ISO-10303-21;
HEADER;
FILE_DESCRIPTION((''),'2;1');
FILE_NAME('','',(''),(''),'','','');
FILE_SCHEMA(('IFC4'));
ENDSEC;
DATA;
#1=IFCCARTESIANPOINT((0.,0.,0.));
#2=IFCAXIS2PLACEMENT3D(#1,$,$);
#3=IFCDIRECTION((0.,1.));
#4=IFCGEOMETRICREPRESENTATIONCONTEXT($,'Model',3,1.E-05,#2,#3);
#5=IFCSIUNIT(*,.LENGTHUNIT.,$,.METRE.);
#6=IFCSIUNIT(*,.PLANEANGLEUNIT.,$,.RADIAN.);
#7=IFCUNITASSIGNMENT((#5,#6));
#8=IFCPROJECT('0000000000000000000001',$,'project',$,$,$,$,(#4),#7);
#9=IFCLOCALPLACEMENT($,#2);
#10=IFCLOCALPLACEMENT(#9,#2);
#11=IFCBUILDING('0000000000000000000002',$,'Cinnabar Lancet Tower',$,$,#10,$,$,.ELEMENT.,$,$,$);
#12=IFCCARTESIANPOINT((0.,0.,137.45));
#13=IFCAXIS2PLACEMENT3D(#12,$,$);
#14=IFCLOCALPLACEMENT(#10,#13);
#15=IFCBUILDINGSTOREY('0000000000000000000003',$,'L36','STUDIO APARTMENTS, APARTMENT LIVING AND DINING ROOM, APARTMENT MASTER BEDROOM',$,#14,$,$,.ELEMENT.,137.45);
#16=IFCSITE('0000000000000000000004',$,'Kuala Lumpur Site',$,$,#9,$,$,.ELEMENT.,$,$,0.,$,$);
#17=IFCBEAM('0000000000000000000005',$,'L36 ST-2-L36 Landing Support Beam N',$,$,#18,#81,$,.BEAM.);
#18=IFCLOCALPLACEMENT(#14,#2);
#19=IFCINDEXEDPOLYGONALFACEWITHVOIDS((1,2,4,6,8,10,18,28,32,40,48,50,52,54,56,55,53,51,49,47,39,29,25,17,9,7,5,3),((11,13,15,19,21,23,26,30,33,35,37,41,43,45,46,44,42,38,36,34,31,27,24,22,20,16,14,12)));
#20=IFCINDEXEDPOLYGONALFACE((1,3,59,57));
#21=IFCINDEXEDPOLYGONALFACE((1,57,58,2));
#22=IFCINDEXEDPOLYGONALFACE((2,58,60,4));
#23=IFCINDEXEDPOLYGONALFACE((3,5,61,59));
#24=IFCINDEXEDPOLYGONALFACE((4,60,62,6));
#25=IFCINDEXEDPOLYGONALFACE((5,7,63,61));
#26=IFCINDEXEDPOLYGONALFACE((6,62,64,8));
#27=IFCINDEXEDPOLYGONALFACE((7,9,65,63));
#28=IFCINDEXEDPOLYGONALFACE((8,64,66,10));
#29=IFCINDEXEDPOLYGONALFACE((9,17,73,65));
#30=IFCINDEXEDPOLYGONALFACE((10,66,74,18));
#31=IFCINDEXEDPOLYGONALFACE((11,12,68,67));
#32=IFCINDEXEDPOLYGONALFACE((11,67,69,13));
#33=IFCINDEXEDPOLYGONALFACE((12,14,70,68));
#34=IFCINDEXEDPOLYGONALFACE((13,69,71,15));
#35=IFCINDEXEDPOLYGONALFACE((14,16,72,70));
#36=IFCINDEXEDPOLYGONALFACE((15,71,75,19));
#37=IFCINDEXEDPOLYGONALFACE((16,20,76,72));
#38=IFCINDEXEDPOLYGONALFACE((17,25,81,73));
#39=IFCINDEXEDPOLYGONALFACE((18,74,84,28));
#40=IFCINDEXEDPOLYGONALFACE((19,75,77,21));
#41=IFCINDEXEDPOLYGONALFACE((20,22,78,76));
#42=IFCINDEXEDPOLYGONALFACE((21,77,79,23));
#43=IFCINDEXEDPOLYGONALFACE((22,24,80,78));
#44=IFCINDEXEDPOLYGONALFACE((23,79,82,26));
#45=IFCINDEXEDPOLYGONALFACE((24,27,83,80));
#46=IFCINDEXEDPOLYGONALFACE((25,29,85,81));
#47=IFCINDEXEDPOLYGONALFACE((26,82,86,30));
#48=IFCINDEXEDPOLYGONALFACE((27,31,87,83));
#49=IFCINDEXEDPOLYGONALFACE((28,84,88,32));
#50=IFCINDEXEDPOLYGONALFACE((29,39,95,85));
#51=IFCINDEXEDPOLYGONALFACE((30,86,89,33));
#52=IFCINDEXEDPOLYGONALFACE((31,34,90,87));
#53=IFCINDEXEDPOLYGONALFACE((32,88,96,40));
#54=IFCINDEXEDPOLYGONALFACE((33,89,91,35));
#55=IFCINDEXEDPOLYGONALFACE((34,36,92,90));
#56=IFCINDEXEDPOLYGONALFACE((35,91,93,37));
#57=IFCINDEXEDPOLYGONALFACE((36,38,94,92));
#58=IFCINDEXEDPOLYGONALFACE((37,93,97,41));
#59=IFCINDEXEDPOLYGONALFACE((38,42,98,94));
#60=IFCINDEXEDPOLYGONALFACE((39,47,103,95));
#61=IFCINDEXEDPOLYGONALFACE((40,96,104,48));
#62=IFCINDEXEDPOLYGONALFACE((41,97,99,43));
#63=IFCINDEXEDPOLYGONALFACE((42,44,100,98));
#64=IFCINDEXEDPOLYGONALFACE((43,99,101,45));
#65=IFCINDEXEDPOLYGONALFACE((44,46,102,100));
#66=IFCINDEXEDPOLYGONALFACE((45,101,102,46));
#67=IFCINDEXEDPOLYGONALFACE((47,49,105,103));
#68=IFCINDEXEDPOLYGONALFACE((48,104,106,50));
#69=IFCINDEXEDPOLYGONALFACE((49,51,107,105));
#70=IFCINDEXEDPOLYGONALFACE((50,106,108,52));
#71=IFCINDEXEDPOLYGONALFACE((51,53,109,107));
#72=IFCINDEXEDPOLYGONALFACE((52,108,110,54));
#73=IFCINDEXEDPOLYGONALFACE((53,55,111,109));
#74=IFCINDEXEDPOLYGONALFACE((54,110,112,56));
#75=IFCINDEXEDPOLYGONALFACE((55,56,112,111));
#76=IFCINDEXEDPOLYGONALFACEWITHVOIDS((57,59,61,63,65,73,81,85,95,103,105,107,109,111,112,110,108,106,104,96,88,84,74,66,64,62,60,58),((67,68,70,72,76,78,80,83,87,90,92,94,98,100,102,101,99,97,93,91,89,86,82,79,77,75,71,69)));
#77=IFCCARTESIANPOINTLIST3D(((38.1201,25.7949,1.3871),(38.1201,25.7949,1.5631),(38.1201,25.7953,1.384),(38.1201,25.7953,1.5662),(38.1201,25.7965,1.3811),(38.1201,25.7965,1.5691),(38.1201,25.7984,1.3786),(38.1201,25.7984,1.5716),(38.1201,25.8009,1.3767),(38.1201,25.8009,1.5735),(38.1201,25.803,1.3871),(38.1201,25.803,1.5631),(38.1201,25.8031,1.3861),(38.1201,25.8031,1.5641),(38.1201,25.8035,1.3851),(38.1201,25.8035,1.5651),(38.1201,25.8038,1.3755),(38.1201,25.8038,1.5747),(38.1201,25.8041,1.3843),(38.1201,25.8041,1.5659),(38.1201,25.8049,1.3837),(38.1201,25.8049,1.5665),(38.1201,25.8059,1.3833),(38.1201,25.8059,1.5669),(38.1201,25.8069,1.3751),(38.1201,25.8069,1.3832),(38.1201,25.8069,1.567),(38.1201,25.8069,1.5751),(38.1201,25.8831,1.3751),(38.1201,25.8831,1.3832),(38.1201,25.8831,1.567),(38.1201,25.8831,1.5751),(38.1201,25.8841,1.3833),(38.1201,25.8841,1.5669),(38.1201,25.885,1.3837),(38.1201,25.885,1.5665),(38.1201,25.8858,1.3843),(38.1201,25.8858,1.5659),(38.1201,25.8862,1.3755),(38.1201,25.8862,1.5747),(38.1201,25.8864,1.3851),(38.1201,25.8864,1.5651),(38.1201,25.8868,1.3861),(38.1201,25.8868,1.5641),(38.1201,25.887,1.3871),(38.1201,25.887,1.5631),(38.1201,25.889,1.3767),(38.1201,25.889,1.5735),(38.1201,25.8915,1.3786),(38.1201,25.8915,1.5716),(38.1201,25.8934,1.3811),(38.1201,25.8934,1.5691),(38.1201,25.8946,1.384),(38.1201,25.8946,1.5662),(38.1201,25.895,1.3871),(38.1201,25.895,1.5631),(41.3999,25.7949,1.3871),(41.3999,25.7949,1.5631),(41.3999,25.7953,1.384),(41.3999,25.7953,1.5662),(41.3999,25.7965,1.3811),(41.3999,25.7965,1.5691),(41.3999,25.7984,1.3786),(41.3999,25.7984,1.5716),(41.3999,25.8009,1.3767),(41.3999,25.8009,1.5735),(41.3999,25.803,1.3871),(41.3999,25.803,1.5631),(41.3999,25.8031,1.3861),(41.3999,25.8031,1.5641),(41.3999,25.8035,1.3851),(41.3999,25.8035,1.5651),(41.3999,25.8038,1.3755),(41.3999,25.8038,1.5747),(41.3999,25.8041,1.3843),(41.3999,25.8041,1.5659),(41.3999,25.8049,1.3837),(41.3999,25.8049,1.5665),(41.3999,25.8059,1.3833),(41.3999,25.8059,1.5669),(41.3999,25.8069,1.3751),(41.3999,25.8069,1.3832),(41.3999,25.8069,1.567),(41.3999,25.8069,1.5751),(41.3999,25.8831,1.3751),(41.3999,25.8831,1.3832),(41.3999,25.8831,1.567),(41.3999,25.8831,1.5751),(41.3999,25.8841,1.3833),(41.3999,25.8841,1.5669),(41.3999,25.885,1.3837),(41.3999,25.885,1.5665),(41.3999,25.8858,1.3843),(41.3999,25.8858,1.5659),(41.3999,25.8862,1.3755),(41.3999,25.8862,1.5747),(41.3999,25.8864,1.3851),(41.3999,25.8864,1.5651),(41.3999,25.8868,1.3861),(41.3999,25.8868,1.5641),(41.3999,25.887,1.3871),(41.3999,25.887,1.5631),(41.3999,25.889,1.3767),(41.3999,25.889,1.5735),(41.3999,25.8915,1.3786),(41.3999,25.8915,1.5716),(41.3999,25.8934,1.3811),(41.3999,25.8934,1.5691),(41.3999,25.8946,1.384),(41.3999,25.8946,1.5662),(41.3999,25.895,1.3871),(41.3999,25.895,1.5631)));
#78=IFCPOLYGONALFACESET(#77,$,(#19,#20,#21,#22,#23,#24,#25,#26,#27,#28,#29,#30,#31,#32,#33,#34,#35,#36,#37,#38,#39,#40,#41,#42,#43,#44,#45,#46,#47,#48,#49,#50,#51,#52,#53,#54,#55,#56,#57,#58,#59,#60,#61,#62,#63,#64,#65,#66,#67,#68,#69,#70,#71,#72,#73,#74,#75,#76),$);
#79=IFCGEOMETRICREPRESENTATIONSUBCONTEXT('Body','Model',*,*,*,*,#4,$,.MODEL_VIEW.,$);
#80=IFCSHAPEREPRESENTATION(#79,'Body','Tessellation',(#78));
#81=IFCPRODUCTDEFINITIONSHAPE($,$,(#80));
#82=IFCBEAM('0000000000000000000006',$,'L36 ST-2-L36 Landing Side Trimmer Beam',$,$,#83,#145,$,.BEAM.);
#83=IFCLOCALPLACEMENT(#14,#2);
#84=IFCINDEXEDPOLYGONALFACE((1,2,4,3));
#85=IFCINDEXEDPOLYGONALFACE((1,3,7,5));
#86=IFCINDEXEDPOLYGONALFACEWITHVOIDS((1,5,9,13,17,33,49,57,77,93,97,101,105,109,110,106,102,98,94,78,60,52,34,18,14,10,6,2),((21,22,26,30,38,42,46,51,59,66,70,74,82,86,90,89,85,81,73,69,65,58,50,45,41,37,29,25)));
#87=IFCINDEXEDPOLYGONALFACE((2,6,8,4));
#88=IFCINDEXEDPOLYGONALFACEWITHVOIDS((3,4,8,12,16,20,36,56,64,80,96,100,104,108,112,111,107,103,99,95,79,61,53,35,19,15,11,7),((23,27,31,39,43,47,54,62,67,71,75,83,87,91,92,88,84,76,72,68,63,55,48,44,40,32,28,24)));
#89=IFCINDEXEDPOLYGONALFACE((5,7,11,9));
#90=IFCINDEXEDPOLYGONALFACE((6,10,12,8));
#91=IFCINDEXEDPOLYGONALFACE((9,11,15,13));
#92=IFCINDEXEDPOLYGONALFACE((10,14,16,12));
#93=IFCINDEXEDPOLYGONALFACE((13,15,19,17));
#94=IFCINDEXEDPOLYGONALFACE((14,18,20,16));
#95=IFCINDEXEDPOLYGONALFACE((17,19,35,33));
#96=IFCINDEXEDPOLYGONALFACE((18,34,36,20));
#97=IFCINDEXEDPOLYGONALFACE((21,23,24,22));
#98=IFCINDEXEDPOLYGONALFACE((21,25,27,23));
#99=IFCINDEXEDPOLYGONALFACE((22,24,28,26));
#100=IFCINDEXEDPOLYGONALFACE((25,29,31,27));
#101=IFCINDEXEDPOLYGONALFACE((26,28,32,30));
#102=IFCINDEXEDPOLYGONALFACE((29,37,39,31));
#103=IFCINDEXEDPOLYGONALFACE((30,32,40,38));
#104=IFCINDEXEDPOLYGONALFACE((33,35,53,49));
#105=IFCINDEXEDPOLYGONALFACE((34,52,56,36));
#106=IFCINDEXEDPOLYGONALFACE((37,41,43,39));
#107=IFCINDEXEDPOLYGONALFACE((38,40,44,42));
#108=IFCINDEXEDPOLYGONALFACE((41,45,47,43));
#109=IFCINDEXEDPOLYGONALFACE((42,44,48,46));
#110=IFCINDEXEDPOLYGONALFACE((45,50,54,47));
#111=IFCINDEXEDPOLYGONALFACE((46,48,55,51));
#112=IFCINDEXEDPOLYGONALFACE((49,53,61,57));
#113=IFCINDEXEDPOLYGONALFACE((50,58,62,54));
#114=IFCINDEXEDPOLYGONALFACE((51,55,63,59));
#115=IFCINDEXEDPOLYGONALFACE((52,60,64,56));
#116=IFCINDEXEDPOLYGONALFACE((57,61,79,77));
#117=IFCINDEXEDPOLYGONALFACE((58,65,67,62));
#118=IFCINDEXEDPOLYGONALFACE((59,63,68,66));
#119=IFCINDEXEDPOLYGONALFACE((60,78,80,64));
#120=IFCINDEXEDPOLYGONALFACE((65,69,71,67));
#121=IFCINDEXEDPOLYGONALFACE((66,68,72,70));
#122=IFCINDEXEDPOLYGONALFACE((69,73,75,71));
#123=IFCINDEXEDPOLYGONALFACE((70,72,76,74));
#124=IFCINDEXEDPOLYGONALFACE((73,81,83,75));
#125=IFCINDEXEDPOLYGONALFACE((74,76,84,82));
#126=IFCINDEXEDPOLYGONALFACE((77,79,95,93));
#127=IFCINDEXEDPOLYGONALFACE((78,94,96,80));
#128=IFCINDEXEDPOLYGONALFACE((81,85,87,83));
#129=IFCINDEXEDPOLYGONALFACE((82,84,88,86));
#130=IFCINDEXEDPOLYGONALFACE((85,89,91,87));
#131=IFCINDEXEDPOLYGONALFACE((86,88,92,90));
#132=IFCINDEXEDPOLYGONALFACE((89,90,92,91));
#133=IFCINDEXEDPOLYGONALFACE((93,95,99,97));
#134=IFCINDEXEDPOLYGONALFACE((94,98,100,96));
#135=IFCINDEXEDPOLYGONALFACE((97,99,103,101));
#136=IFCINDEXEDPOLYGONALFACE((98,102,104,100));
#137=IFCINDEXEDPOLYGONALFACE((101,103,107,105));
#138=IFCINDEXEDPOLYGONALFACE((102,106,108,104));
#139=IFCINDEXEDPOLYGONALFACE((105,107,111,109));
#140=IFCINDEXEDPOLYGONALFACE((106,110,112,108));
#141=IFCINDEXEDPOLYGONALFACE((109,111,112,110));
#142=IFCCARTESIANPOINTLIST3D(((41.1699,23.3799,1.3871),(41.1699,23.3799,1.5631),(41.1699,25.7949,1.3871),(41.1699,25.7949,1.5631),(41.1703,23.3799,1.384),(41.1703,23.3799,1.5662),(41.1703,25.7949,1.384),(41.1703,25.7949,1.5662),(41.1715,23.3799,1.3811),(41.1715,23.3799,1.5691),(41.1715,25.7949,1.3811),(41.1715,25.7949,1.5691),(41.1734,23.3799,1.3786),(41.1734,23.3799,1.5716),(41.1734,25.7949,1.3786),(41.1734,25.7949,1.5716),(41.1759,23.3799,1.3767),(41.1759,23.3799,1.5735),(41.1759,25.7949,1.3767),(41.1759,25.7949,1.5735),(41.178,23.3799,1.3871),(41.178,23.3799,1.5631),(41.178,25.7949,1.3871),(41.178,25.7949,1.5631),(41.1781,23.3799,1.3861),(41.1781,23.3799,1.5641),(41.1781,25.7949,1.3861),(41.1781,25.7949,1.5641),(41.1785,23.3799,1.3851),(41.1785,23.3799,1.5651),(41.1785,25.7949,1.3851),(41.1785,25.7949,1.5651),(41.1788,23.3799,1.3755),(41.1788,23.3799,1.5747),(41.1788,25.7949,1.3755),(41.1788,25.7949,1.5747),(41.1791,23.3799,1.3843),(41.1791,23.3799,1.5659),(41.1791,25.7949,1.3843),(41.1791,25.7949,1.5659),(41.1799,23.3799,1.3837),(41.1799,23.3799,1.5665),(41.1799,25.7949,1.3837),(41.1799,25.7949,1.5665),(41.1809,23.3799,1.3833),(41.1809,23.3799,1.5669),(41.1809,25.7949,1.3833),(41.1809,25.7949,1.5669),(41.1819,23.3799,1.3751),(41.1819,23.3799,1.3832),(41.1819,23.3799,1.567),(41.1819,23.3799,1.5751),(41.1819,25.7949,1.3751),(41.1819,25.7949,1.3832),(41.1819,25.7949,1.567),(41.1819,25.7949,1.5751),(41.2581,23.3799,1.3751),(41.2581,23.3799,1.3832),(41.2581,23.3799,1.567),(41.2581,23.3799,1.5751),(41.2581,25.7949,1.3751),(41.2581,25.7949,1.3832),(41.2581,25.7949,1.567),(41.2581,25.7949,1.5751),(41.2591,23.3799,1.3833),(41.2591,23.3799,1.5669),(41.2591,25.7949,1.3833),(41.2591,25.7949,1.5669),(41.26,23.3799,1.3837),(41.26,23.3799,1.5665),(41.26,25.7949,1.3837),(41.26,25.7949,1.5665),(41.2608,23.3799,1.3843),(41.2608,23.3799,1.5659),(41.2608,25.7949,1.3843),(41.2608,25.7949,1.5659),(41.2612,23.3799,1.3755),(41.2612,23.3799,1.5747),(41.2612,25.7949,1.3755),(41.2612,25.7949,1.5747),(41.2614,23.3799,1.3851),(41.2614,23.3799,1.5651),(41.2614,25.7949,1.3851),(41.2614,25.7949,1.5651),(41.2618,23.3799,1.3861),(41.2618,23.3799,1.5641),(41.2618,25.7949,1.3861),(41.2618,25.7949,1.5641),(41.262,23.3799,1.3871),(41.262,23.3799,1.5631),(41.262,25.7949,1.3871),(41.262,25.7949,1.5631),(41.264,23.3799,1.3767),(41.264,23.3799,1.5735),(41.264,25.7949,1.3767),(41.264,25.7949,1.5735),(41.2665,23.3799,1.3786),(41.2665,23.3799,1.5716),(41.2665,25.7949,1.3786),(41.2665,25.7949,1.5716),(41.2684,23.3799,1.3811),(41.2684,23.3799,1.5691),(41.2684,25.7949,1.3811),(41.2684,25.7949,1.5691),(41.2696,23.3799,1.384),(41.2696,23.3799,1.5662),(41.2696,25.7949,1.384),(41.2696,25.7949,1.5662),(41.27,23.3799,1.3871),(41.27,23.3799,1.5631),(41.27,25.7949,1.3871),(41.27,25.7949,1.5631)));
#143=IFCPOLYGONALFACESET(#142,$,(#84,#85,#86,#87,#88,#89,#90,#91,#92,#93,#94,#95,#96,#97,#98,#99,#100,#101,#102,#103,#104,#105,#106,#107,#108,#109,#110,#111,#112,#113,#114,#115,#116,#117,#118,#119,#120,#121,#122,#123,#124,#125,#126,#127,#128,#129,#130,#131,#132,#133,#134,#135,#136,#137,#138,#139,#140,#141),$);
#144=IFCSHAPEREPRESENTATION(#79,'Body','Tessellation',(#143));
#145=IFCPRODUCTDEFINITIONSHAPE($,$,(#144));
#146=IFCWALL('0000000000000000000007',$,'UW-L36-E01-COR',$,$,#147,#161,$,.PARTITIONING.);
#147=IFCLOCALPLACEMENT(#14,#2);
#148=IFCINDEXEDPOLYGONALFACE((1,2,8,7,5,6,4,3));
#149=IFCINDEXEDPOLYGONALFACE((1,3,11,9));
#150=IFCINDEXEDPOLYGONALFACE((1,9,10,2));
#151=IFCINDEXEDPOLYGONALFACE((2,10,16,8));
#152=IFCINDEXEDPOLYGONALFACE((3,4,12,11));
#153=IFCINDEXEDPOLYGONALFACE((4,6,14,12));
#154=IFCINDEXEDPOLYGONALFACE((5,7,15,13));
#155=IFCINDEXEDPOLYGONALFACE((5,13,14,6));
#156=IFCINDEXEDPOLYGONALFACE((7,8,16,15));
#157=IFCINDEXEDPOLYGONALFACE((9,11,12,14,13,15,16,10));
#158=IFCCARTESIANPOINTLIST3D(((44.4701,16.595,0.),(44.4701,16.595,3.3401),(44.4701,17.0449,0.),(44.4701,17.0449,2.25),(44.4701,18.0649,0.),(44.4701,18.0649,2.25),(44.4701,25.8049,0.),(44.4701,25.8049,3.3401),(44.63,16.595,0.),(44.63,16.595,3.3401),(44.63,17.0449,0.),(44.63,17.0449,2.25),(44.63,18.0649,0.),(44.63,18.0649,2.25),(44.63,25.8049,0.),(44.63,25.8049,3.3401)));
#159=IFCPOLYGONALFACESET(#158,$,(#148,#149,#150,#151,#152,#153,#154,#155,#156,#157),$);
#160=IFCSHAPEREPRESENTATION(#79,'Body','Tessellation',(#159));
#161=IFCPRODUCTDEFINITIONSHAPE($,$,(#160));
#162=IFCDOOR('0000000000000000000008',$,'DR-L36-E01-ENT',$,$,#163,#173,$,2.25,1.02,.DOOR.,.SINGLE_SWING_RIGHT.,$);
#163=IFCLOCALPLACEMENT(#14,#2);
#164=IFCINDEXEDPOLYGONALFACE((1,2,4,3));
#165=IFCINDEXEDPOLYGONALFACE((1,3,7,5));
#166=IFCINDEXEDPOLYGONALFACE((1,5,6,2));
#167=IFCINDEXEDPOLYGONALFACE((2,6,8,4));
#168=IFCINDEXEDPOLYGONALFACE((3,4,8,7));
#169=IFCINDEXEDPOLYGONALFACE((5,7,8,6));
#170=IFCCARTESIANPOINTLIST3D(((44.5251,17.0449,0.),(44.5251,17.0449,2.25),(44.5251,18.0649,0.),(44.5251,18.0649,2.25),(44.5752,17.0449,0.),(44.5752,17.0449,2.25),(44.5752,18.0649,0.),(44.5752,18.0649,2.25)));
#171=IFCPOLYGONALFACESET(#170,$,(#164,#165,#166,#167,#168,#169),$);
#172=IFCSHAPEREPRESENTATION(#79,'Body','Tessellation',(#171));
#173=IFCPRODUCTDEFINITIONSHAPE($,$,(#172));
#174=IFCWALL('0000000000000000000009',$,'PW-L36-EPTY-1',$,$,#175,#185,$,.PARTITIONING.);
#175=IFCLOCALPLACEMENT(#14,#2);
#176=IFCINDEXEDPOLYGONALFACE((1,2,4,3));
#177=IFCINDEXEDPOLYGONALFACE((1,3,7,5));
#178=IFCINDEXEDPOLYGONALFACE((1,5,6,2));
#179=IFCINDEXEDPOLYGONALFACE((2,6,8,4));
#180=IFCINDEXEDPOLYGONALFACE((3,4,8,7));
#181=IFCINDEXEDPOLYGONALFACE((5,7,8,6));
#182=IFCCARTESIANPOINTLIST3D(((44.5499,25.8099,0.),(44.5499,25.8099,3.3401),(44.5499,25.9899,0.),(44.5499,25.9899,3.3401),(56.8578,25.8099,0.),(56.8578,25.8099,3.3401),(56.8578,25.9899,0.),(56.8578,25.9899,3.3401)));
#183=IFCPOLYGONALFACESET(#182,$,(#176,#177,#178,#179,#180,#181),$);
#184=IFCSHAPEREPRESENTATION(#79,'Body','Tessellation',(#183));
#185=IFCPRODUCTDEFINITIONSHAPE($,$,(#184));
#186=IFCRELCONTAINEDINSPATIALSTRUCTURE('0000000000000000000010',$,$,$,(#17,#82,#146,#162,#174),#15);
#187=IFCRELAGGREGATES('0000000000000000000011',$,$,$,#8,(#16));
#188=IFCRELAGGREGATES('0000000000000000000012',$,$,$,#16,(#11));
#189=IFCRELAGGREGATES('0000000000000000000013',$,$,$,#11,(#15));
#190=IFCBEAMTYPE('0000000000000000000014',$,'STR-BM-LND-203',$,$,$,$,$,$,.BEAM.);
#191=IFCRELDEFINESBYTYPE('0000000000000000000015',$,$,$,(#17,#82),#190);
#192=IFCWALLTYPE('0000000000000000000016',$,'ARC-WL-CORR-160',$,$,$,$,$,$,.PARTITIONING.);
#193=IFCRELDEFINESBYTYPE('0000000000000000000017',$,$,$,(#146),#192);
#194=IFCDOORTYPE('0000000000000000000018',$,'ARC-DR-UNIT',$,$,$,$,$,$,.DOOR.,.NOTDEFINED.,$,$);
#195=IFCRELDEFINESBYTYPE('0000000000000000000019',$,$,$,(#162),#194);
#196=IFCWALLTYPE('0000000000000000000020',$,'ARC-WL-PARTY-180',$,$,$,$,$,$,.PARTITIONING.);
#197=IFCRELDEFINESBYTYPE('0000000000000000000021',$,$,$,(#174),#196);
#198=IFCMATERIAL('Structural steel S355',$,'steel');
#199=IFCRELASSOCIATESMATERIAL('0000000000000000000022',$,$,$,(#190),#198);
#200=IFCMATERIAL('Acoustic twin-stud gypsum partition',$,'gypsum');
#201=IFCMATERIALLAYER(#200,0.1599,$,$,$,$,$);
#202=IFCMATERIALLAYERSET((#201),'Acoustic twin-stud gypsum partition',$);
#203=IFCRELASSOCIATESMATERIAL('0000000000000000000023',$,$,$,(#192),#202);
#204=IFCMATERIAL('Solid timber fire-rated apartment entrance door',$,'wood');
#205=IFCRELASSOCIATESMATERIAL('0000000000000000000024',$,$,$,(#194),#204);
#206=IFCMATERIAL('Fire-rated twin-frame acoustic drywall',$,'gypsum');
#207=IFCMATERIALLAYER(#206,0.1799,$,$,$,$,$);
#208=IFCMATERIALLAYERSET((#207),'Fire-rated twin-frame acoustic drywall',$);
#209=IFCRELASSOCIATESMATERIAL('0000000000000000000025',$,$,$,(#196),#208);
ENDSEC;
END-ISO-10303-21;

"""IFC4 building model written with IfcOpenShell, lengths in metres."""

from ifc_helpers import new_model, si_unit, direction, frame, frame_2d, origin, origin_2d, place, context, subcontext, project, spatial, rectangle, hollow_rectangle, extrude, material, layer, layer_set, material_profile, profile_set, type_object, element, fill, save


model = new_model("IFC4")

# Units and contexts
model_context = context("Model", 3, precision=1e-05, world=origin(), true_north=direction((0.0, 1.0)))
body_context = subcontext(model_context, "Body", "Model", "MODEL_VIEW")
ifc_project = project(units=[si_unit("LENGTHUNIT", "METRE"), si_unit("PLANEANGLEUNIT", "RADIAN")], contexts=[model_context])

# Site, building, storey
site_placement = place(None, origin())
site = spatial("IfcSite", under=ifc_project, at=site_placement, Name="Kuala Lumpur Site", CompositionType="ELEMENT", RefElevation=0.0)
building_placement = place(site_placement, origin())
building = spatial("IfcBuilding", under=site, at=building_placement, Name="Cinnabar Lancet Tower", CompositionType="ELEMENT")
storey_placement = place(building_placement, frame((0.0, 0.0, 137.45)))
storey = spatial("IfcBuildingStorey", under=building, at=storey_placement, Name="L36", Description="STUDIO APARTMENTS, APARTMENT LIVING AND DINING ROOM, APARTMENT MASTER BEDROOM", CompositionType="ELEMENT", Elevation=137.45)

# Beams
ifc_material_1 = material(Name="Structural steel S355", Category="steel")
ifc_material_profile_1 = material_profile(ifc_material_1, hollow_rectangle(XDim=0.1001, YDim=0.2, WallThickness=0.0081, InnerFilletRadius=0.0039, OuterFilletRadius=0.012, at=origin_2d()), Name="RHS 200x100x8")
ifc_profile_set_1 = profile_set([ifc_material_profile_1], Name="Structural steel S355")
beam_type_1 = type_object("IfcBeamType", Name="STR-BM-LND-203", PredefinedType="BEAM", material=ifc_profile_set_1)
for number, where, z_axis, x_axis, name in (
    (1, (38.1201, 25.845, 1.4751), (1.0, 0.0, 0.0), (0.0, 1.0, 0.0), "L36 ST-2-L36 Landing Support Beam N"),
):
    element("IfcBeam", number, at=place(storey_placement, frame(where, z_axis=z_axis, x_axis=x_axis)), inside=storey, type_object=beam_type_1, Name=name, PredefinedType="BEAM", context=body_context, shape_type="SweptSolid", body=[
        extrude(hollow_rectangle(XDim=0.1001, YDim=0.2, WallThickness=0.0081, InnerFilletRadius=0.0039, OuterFilletRadius=0.012, at=origin_2d()), origin(), (0.0, 0.0, 1.0), 3.2798),
    ])
beam_1_placement = place(storey_placement, frame((41.22, 23.3799, 1.4751), z_axis=(0.0, 1.0, 0.0), x_axis=(-1.0, 0.0, 0.0)))
element("IfcBeam", 2, at=beam_1_placement, inside=storey, type_object=beam_type_1, Name="L36 ST-2-L36 Landing Side Trimmer Beam", PredefinedType="BEAM", context=body_context, shape_type="SweptSolid", body=[
    extrude(hollow_rectangle(XDim=0.1001, YDim=0.2, WallThickness=0.0081, InnerFilletRadius=0.0039, OuterFilletRadius=0.012, at=origin_2d()), origin(), (0.0, 0.0, 1.0), 2.415),
])

# Wall, opening, door
ifc_material_2 = material(Name="Acoustic twin-stud gypsum partition", Category="gypsum")
ifc_layer_1 = layer(ifc_material_2, 0.1599)
ifc_layer_set_1 = layer_set([ifc_layer_1], Name="Acoustic twin-stud gypsum partition")
wall_type_1 = type_object("IfcWallType", Name="ARC-WL-CORR-160", PredefinedType="PARTITIONING", material=ifc_layer_set_1)
wall_1_placement = place(storey_placement, frame((44.55, 16.595, 0.0), z_axis=(0.0, 0.0, 1.0), x_axis=(0.0, 1.0, 0.0)))
wall_1 = element("IfcWall", 3, at=wall_1_placement, inside=storey, type_object=wall_type_1, Name="UW-L36-E01-COR", PredefinedType="PARTITIONING", context=body_context, shape_type="SweptSolid", body=[
    extrude(rectangle(XDim=9.21, YDim=0.1599, at=frame_2d((4.605, 0.0))), origin(), (0.0, 0.0, 1.0), 3.3401),
])
opening_1_placement = place(wall_1_placement, frame((0.45, 0.0, 0.0)))
opening_1 = element("IfcOpeningElement", 4, at=opening_1_placement, cuts=wall_1, PredefinedType="OPENING", context=body_context, shape_type="SweptSolid", body=[
    extrude(rectangle(XDim=1.02, YDim=2.25, at=frame_2d((0.51, 1.125))), frame((0.0, 0.0898, 0.0), z_axis=(0.0, -1.0, 0.0), x_axis=(1.0, 0.0, 0.0)), (0.0, 0.0, 1.0), 0.1799),
])
ifc_material_3 = material(Name="Solid timber fire-rated apartment entrance door", Category="wood")
door_type_1 = type_object("IfcDoorType", Name="ARC-DR-UNIT", OperationType="NOTDEFINED", PredefinedType="DOOR", material=ifc_material_3)
door_1_placement = place(opening_1_placement, origin())
door_1 = element("IfcDoor", 5, at=door_1_placement, inside=storey, type_object=door_type_1, Name="DR-L36-E01-ENT", OperationType="SINGLE_SWING_RIGHT", OverallHeight=2.25, OverallWidth=1.02, PredefinedType="DOOR", context=body_context, shape_type="SweptSolid", body=[
    extrude(rectangle(XDim=1.02, YDim=2.25, at=frame_2d((0.51, 1.125))), frame((0.0, 0.0249, 0.0), z_axis=(0.0, -1.0, 0.0), x_axis=(1.0, 0.0, 0.0)), (0.0, 0.0, 1.0), 0.05),
])
fill(opening_1, door_1)

# Wall
ifc_material_4 = material(Name="Fire-rated twin-frame acoustic drywall", Category="gypsum")
ifc_layer_2 = layer(ifc_material_4, 0.1799)
ifc_layer_set_2 = layer_set([ifc_layer_2], Name="Fire-rated twin-frame acoustic drywall")
wall_type_2 = type_object("IfcWallType", Name="ARC-WL-PARTY-180", PredefinedType="PARTITIONING", material=ifc_layer_set_2)
wall_2_placement = place(storey_placement, frame((44.55, 25.8999, 0.0), z_axis=(0.0, 0.0, 1.0), x_axis=(1.0, 0.0, 0.0)))
element("IfcWall", 6, at=wall_2_placement, inside=storey, type_object=wall_type_2, Name="PW-L36-EPTY-1", PredefinedType="PARTITIONING", context=body_context, shape_type="SweptSolid", body=[
    extrude(rectangle(XDim=12.3079, YDim=0.1799, at=frame_2d((6.1538, 0.0))), origin(), (0.0, 0.0, 1.0), 3.3401),
])

save(model, "model.ifc")
